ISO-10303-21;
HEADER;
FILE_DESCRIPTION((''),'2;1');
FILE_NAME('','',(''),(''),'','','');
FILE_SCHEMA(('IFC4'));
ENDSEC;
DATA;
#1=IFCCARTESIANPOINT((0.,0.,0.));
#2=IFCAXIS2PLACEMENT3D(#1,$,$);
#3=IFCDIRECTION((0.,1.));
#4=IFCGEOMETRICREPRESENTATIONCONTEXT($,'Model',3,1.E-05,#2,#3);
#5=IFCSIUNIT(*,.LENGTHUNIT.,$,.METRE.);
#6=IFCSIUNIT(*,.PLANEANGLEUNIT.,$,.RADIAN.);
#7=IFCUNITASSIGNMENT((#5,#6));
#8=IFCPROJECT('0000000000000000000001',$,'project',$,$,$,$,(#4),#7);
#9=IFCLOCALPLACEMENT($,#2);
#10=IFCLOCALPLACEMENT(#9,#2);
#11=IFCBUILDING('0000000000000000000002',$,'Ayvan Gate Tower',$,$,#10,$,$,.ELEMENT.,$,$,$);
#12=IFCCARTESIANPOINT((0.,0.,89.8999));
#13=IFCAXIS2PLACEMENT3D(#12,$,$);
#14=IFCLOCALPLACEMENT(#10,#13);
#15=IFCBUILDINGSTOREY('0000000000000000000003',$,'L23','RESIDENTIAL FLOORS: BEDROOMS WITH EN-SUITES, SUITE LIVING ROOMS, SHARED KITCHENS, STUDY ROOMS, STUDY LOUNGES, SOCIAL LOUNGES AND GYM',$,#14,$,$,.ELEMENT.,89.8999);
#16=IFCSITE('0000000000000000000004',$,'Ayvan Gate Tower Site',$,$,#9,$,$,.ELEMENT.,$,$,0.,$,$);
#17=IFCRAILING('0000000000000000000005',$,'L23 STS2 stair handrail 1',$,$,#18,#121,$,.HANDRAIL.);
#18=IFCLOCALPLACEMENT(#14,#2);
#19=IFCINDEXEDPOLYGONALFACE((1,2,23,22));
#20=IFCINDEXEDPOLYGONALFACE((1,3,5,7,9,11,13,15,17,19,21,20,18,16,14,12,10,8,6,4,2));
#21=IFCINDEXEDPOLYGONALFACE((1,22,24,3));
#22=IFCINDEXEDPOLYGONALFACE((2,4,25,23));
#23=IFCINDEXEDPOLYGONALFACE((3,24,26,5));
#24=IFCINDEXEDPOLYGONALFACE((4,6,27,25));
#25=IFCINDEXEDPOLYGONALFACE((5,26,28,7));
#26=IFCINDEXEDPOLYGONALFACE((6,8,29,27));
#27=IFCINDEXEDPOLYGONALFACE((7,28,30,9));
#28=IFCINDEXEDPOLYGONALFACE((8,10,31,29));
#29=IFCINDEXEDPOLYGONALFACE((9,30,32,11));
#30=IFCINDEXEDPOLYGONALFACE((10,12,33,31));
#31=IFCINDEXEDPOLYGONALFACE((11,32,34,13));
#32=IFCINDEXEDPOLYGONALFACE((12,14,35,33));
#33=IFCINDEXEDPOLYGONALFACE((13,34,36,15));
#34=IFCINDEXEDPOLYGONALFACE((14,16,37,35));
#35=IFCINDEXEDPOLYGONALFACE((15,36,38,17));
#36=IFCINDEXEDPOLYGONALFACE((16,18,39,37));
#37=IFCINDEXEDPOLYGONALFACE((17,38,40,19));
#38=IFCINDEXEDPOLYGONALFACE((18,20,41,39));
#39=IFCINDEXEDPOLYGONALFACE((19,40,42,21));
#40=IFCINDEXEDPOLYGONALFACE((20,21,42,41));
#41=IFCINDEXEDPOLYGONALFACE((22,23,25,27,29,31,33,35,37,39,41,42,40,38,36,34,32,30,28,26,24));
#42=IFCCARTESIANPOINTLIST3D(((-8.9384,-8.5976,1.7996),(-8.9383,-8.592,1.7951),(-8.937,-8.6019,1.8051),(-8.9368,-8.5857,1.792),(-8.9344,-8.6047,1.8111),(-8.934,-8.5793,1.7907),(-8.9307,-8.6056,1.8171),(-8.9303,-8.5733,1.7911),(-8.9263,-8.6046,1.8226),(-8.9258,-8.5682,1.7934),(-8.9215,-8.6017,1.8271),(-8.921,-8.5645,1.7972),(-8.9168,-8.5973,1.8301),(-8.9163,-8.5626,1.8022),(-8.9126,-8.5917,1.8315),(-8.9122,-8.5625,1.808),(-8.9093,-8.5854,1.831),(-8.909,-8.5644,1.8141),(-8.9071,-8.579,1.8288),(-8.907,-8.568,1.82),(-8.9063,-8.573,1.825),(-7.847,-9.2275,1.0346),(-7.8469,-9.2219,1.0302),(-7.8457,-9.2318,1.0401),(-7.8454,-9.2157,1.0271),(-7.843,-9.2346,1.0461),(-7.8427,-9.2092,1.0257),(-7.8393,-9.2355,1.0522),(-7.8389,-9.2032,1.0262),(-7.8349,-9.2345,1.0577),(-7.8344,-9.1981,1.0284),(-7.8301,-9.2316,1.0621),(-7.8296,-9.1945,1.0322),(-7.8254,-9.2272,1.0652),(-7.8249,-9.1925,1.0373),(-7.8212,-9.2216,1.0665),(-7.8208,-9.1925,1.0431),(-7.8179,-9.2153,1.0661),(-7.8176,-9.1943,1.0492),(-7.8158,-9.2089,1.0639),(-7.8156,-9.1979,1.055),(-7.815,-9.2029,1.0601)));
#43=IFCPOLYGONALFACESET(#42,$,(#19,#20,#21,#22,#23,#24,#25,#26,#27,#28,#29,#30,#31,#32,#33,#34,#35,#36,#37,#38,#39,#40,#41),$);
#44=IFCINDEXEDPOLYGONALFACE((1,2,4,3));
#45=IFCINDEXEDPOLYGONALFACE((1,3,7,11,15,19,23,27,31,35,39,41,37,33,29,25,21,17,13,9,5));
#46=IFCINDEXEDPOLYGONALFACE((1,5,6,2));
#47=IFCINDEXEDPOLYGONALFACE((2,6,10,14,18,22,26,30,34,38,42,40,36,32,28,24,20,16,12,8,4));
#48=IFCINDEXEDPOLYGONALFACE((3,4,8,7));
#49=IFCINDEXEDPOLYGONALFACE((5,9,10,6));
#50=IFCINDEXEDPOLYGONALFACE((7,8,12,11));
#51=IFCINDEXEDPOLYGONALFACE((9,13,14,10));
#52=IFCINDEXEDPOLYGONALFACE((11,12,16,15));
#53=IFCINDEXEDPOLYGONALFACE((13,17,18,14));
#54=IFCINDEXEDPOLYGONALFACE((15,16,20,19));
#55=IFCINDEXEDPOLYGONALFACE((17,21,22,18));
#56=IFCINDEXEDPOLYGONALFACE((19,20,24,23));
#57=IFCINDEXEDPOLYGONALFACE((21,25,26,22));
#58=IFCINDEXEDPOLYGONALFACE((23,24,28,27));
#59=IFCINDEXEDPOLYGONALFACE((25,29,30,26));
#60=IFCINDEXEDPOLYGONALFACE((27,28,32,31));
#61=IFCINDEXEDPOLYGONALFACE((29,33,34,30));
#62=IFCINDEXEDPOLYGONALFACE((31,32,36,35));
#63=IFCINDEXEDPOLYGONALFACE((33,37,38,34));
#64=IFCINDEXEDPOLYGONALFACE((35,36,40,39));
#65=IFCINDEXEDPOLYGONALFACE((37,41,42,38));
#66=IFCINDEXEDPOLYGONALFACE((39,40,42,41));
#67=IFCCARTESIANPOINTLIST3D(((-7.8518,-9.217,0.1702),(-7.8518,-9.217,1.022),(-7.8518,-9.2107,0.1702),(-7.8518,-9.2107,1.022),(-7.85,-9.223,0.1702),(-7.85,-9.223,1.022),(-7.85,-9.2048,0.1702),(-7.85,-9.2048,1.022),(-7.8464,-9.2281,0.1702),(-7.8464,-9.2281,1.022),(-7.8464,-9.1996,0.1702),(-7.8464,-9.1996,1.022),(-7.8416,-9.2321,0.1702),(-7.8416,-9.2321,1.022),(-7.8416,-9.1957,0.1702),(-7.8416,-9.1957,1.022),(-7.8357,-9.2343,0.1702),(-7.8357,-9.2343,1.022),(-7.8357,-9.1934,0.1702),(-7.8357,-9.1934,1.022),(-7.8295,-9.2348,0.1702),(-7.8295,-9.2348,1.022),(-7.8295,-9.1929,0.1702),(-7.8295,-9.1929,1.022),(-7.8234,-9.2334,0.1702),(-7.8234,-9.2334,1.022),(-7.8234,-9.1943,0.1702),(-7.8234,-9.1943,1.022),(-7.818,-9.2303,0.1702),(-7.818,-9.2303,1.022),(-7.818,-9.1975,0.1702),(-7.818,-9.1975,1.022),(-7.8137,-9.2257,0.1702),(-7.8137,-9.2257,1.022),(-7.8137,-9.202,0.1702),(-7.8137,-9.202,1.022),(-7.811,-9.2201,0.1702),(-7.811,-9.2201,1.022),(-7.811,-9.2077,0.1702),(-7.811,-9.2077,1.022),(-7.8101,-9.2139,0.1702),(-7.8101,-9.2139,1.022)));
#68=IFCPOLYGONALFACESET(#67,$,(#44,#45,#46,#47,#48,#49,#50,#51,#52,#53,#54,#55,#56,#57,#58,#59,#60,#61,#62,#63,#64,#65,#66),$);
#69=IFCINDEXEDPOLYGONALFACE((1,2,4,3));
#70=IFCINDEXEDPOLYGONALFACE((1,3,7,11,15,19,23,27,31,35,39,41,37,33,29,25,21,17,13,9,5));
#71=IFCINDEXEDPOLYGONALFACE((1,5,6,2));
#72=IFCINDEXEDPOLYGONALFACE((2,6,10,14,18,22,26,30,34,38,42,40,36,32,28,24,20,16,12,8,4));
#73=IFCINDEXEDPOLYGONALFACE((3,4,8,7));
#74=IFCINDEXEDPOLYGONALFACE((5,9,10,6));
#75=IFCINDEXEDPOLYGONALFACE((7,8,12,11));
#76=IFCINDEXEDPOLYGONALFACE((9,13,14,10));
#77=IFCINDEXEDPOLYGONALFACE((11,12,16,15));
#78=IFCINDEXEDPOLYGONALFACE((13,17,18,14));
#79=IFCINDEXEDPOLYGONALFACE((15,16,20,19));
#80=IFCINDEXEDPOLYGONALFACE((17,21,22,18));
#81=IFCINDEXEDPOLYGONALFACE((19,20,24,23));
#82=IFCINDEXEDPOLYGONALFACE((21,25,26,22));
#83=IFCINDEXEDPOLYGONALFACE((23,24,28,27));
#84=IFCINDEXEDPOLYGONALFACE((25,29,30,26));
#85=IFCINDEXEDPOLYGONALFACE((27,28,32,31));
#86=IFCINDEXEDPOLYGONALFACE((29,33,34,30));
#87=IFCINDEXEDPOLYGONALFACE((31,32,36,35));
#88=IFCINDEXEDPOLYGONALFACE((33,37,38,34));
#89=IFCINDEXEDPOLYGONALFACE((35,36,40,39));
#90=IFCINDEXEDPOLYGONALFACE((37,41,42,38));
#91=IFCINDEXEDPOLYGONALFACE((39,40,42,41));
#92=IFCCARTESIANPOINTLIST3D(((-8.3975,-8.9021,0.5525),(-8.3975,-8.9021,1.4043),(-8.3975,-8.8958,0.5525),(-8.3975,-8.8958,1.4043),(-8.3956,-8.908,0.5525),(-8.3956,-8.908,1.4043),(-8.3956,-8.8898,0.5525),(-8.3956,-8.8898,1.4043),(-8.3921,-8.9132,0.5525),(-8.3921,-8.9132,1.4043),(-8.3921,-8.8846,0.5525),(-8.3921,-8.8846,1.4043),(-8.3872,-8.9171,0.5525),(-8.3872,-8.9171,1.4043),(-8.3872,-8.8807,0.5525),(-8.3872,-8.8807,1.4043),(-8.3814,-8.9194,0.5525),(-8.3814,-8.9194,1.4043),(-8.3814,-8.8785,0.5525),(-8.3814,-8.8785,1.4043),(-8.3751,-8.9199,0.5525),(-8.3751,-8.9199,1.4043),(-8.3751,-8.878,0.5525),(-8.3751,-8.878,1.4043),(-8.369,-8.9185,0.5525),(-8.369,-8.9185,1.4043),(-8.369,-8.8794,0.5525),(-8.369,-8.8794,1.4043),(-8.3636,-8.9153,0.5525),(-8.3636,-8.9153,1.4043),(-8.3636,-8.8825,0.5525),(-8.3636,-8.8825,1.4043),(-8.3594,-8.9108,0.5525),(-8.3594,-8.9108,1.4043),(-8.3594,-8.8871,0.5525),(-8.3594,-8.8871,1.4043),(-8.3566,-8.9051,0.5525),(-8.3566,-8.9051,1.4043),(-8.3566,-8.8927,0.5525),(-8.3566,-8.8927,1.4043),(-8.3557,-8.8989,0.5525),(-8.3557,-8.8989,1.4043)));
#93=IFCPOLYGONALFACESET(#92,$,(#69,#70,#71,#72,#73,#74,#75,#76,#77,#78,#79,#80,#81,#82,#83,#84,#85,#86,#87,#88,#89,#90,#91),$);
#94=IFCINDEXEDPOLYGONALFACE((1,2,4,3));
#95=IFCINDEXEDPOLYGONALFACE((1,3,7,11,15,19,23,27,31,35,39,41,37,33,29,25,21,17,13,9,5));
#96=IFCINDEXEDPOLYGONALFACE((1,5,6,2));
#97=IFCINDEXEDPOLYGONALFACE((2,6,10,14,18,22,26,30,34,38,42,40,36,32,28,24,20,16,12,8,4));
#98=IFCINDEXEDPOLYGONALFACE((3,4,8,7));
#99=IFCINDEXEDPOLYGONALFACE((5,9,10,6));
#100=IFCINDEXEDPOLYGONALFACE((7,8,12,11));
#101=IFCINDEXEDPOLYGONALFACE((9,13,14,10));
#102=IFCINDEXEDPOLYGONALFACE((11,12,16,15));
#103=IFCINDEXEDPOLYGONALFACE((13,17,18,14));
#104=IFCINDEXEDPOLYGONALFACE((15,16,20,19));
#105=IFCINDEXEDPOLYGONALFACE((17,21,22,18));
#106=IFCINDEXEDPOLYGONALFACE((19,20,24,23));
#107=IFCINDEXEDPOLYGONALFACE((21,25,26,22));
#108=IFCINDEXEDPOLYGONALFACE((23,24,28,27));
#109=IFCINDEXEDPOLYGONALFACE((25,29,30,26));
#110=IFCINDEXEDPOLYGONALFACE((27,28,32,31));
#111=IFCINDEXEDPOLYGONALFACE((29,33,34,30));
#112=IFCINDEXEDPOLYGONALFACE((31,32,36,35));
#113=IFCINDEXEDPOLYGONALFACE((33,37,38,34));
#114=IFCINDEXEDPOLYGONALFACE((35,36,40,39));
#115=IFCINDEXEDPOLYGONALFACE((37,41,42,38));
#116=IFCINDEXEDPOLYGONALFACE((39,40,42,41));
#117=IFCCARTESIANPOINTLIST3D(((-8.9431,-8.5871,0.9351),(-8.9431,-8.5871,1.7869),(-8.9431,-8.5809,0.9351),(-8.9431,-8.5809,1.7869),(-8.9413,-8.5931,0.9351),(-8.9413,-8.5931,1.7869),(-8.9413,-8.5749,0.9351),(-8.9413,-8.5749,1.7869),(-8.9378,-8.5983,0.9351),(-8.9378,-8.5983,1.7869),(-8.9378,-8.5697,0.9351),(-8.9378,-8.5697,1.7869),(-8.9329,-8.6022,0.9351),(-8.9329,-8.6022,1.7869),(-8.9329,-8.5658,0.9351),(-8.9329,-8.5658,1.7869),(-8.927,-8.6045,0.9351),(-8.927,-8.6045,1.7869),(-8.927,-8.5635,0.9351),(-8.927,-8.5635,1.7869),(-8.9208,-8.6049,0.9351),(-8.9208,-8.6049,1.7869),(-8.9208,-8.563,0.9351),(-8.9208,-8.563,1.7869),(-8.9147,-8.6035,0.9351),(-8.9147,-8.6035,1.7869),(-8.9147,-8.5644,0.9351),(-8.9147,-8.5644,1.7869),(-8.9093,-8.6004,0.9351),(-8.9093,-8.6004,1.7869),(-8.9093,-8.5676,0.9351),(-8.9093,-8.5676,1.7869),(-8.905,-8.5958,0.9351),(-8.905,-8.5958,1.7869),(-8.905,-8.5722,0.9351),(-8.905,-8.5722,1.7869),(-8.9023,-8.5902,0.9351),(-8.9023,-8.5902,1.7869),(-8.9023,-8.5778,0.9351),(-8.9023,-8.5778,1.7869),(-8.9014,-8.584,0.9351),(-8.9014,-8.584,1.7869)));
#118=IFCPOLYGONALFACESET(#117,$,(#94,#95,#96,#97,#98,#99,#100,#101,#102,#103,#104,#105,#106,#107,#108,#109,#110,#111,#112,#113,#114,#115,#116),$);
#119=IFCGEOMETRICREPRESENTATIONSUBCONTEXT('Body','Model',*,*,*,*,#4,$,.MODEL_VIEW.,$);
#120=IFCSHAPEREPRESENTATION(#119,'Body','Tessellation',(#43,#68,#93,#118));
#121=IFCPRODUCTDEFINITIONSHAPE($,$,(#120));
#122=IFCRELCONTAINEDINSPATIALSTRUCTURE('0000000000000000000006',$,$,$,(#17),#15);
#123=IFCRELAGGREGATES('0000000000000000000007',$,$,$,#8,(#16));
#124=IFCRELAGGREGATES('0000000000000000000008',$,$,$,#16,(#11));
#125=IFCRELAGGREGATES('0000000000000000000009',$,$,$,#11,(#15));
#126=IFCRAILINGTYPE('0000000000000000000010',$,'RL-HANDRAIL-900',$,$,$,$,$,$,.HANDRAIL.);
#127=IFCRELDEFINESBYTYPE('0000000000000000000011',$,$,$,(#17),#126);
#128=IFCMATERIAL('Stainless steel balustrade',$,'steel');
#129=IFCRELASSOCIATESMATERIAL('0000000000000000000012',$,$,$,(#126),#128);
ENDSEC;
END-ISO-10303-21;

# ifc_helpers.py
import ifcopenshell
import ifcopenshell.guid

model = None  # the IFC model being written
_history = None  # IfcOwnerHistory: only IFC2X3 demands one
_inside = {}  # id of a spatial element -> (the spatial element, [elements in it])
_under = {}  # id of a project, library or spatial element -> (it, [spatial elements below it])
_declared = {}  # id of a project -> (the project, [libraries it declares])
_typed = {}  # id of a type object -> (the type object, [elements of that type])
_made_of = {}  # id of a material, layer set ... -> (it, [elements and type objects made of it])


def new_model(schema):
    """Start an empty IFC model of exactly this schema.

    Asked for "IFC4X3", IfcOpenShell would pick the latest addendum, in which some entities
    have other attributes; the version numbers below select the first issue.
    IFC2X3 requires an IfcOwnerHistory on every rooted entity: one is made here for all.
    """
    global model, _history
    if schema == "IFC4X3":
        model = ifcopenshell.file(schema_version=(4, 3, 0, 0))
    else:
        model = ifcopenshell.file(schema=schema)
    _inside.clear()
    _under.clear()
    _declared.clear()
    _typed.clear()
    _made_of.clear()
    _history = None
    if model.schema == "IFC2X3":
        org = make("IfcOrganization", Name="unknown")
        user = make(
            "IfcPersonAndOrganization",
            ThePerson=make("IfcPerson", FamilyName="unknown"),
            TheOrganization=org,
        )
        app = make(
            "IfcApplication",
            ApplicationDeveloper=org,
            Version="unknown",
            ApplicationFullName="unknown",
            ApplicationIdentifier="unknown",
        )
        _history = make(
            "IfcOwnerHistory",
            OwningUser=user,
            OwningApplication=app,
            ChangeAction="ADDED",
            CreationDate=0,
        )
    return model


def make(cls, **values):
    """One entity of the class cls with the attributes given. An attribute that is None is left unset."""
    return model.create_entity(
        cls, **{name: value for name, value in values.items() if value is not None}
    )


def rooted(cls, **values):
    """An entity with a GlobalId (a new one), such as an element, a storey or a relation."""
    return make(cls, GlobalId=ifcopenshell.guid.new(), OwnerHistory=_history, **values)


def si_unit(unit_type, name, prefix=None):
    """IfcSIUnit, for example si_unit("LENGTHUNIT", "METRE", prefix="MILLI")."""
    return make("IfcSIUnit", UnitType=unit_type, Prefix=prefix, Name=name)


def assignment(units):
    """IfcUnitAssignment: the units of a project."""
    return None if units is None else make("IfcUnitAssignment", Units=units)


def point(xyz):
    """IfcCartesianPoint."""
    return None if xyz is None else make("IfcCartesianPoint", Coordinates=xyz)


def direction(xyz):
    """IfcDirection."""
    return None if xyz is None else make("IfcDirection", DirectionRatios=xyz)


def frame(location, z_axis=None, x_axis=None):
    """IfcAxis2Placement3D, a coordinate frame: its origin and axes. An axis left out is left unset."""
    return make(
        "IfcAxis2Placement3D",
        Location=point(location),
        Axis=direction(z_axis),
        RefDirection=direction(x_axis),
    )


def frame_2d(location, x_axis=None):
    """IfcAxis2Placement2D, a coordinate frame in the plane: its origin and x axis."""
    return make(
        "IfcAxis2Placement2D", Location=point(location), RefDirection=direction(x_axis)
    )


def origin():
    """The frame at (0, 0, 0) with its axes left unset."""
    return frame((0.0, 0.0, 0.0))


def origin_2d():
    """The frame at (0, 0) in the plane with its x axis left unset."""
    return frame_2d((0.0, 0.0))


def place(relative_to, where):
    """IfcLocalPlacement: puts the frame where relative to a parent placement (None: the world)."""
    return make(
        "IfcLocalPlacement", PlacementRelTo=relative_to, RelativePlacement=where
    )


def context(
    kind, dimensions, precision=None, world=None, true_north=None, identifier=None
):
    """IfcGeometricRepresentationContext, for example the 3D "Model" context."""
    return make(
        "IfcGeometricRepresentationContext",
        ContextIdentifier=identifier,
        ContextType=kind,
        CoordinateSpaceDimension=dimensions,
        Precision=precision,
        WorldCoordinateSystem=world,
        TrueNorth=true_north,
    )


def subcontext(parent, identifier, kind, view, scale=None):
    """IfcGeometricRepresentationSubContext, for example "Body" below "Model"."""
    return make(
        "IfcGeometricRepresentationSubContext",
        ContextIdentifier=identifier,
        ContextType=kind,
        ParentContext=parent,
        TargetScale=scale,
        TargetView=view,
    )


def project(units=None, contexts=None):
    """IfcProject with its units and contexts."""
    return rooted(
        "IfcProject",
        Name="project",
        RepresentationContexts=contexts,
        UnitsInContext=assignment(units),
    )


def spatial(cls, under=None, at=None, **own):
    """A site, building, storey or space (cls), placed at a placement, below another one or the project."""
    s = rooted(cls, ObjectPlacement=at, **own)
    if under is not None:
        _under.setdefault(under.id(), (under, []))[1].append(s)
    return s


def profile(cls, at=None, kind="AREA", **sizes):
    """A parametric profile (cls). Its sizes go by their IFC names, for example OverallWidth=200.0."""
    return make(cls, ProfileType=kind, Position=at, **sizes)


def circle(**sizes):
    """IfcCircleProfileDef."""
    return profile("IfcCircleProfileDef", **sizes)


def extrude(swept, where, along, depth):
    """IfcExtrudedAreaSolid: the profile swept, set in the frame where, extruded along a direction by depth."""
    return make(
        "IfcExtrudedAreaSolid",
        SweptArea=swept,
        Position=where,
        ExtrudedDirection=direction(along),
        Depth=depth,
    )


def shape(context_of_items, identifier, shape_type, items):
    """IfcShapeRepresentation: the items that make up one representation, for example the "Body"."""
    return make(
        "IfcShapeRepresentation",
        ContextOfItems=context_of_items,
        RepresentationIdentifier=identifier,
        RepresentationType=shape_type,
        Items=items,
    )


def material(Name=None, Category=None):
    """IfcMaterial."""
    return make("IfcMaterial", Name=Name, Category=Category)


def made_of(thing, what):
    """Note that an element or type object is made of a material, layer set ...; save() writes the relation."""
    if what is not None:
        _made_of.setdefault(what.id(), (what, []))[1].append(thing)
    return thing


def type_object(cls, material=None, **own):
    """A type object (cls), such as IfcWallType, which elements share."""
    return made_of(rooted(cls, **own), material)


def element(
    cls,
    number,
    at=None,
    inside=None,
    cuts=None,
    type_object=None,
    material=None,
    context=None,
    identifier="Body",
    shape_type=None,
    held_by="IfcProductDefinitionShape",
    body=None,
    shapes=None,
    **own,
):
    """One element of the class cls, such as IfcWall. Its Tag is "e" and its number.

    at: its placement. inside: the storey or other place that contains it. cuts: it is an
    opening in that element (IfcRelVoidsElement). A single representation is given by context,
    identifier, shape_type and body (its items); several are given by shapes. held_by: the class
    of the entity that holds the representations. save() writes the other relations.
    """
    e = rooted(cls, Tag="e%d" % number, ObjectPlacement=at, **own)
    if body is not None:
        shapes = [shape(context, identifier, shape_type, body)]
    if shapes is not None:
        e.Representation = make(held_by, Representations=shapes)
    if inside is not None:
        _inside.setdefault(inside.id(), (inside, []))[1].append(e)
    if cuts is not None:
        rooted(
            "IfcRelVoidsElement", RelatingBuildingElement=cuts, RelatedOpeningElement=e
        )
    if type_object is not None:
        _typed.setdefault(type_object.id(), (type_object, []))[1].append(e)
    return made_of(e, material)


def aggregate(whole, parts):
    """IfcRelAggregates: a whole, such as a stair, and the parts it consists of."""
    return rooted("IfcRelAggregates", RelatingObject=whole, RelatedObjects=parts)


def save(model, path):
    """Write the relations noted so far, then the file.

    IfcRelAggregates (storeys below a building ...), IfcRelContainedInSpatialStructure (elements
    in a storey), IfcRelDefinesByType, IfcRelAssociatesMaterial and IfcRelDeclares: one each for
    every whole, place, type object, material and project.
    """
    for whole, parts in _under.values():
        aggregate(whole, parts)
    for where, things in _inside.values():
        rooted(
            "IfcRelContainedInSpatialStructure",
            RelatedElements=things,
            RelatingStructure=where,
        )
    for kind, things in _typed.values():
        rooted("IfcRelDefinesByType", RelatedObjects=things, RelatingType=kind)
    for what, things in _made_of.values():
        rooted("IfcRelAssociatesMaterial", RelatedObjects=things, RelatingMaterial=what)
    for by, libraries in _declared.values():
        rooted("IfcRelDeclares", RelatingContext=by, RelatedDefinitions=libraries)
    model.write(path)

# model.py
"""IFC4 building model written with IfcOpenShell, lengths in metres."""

from ifc_helpers import new_model, si_unit, direction, frame, origin, origin_2d, place, context, subcontext, project, spatial, circle, extrude, material, type_object, element, save


model = new_model("IFC4")

# Units and contexts
model_context = context("Model", 3, precision=1e-05, world=origin(), true_north=direction((0.0, 1.0)))
body_context = subcontext(model_context, "Body", "Model", "MODEL_VIEW")
ifc_project = project(units=[si_unit("LENGTHUNIT", "METRE"), si_unit("PLANEANGLEUNIT", "RADIAN")], contexts=[model_context])

# Site, building, storey
site_placement = place(None, origin())
site = spatial("IfcSite", under=ifc_project, at=site_placement, Name="Ayvan Gate Tower Site", CompositionType="ELEMENT", RefElevation=0.0)
building_placement = place(site_placement, origin())
building = spatial("IfcBuilding", under=site, at=building_placement, Name="Ayvan Gate Tower", CompositionType="ELEMENT")
storey_placement = place(building_placement, frame((0.0, 0.0, 89.8999)))
storey = spatial("IfcBuildingStorey", under=building, at=storey_placement, Name="L23", Description="RESIDENTIAL FLOORS: BEDROOMS WITH EN-SUITES, SUITE LIVING ROOMS, SHARED KITCHENS, STUDY ROOMS, STUDY LOUNGES, SOCIAL LOUNGES AND GYM", CompositionType="ELEMENT", Elevation=89.8999)

# Railing
ifc_material_1 = material(Name="Stainless steel balustrade", Category="steel")
railing_type = type_object("IfcRailingType", Name="RL-HANDRAIL-900", PredefinedType="HANDRAIL", material=ifc_material_1)
railing_placement = place(storey_placement, frame((-7.8311, -9.2139, 0.1702)))
element("IfcRailing", 1, at=railing_placement, inside=storey, type_object=railing_type, Name="L23 STS2 stair handrail 1", PredefinedType="HANDRAIL", context=body_context, shape_type="SweptSolid", body=[
    extrude(circle(Radius=0.0239, at=origin_2d()), frame((0.0, 0.0, 0.876), z_axis=(-0.740357, 0.42732, 0.518912), x_axis=(-0.49989, -0.866089, 0.0)), (0.0, 0.0, 1.0), 1.4741),
    extrude(circle(Radius=0.021, at=origin_2d()), origin(), (0.0, 0.0, 1.0), 0.8518),
    extrude(circle(Radius=0.021, at=origin_2d()), frame((-0.5457, 0.3149, 0.3823)), (0.0, 0.0, 1.0), 0.8518),
    extrude(circle(Radius=0.021, at=origin_2d()), frame((-1.0913, 0.6299, 0.7649)), (0.0, 0.0, 1.0), 0.8518),
])

save(model, "model.ifc")
